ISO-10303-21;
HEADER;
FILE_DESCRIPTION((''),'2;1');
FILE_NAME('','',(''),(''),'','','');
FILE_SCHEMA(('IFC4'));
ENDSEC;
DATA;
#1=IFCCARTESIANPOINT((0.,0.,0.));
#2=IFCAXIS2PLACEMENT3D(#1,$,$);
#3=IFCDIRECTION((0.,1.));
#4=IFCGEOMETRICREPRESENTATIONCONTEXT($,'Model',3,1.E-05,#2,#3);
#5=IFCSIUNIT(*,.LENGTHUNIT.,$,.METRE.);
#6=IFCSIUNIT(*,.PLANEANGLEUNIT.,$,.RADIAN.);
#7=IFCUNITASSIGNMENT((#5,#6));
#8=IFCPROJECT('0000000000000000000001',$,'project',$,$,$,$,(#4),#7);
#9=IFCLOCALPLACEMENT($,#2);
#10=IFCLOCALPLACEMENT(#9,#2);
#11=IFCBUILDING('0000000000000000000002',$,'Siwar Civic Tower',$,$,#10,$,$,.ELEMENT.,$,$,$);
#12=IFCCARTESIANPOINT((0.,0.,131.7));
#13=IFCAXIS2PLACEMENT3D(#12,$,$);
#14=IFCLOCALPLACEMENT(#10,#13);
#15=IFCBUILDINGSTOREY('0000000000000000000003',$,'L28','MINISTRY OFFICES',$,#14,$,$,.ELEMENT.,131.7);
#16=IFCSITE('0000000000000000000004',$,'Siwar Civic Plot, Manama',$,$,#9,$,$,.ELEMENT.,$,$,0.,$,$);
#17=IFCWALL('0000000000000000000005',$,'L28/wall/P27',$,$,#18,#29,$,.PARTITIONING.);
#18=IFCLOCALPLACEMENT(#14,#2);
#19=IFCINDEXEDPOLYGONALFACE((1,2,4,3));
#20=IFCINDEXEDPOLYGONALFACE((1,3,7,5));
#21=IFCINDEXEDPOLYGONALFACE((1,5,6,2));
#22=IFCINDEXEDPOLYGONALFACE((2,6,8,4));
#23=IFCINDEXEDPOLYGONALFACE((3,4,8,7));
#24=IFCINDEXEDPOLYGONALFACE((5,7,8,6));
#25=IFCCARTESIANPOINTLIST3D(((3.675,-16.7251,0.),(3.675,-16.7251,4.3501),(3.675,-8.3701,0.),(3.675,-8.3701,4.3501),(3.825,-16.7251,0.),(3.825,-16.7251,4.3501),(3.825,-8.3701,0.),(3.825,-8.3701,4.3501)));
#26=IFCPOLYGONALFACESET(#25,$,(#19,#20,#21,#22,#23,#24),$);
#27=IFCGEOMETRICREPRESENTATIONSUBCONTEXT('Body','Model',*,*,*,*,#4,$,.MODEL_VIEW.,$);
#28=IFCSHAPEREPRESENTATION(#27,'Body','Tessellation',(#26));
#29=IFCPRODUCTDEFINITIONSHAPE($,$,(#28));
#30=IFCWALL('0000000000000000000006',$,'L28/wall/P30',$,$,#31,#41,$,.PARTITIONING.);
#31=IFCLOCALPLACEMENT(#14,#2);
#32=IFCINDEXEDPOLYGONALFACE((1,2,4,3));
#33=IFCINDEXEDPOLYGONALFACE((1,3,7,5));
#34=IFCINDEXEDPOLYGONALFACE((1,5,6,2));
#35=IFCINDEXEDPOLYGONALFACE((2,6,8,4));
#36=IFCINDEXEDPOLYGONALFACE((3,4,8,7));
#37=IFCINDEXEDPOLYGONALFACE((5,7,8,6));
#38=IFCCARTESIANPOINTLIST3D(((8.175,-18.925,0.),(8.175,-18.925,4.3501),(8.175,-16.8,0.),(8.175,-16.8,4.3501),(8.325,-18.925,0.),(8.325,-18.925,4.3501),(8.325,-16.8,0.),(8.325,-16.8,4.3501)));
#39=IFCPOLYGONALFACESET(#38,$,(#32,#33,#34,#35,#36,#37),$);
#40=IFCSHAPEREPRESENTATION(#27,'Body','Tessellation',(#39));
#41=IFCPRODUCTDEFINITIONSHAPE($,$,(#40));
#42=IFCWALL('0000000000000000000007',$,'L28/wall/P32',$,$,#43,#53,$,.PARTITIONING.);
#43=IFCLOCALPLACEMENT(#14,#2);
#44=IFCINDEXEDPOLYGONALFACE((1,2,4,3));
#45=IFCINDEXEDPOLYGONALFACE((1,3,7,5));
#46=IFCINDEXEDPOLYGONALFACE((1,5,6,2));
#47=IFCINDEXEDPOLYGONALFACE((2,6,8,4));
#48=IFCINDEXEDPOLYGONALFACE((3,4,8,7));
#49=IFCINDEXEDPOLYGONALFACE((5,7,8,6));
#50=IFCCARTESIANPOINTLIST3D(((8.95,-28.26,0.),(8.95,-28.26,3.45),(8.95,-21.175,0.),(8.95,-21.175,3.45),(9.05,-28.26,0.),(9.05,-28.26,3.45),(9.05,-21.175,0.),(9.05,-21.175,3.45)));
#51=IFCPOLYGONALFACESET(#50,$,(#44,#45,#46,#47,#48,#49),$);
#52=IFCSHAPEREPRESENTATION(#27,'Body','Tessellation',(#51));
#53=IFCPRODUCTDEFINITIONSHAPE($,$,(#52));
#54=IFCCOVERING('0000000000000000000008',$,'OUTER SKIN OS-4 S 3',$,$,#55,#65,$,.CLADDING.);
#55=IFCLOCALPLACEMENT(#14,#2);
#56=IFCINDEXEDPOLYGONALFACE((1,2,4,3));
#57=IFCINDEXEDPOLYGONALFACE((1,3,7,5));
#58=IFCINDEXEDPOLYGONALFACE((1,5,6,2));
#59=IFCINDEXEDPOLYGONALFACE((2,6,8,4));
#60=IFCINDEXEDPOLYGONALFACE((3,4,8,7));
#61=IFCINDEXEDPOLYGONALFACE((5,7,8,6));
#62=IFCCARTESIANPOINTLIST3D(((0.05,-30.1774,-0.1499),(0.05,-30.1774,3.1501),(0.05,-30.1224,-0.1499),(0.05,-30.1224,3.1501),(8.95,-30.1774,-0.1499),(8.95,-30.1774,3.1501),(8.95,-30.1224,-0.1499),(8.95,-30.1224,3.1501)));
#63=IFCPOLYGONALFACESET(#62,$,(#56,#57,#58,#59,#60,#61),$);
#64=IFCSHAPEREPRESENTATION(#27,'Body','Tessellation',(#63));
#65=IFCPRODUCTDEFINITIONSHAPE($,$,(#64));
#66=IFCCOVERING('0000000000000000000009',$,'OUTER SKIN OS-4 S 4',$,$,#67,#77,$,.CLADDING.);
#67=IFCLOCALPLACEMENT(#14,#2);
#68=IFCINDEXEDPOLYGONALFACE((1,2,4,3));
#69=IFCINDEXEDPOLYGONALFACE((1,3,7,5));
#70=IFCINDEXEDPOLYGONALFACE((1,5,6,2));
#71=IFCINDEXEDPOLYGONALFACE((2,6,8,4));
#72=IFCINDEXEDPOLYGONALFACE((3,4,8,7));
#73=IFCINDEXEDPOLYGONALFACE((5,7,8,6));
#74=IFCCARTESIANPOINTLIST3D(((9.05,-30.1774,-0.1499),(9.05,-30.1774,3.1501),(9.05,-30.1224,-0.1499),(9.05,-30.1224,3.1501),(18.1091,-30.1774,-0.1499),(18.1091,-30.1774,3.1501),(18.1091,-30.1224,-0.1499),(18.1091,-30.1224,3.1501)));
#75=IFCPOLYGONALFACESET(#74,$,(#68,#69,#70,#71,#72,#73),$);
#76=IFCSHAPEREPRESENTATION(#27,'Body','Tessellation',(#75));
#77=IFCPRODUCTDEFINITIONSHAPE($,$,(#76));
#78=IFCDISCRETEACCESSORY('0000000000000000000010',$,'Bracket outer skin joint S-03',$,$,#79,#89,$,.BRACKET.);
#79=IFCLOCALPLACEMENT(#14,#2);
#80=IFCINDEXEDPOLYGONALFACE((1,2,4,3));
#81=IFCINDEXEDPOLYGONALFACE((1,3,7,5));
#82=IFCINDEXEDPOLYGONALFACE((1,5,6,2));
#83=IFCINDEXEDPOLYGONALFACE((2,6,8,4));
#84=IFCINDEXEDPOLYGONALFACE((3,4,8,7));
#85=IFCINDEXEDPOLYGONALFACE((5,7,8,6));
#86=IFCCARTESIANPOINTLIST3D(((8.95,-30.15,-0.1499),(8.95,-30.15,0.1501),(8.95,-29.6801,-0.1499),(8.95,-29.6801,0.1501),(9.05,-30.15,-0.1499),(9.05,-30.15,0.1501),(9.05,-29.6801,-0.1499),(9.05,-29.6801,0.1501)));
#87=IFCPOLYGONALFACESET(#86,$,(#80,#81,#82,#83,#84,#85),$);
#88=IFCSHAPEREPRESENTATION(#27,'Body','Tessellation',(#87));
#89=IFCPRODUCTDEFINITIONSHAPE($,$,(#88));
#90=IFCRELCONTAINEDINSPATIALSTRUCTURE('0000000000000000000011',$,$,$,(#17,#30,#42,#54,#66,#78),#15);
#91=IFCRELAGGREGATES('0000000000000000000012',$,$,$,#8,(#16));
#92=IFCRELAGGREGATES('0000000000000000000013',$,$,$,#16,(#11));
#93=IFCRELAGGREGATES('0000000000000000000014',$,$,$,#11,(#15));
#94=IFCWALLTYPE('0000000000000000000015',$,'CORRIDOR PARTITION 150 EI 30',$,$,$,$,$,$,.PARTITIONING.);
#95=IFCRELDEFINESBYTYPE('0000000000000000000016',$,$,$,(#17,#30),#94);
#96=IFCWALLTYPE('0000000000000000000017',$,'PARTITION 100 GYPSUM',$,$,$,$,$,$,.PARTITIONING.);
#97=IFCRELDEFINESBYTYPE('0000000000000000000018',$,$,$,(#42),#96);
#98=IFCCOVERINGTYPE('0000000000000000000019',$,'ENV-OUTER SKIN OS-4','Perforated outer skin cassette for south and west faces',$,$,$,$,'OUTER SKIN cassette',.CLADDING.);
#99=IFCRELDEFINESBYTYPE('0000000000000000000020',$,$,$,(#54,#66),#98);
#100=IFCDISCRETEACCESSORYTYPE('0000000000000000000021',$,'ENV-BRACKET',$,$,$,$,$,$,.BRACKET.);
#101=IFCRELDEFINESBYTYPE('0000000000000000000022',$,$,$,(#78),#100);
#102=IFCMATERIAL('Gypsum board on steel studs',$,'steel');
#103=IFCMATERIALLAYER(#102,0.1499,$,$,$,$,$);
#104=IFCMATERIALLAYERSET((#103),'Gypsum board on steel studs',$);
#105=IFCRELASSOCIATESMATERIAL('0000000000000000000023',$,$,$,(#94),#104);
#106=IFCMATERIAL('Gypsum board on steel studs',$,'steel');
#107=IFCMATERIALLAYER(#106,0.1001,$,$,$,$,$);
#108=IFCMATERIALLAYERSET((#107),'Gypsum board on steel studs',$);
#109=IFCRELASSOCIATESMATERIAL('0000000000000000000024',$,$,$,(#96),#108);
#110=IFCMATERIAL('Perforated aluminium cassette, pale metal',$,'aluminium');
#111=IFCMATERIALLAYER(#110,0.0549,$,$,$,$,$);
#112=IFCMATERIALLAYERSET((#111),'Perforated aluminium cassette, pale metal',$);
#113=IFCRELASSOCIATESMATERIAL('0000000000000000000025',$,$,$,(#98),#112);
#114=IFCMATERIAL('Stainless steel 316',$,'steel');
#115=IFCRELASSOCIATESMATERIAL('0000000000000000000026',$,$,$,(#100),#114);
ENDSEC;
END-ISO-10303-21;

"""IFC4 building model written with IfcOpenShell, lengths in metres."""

from ifc_helpers import new_model, si_unit, direction, frame, frame_2d, origin, origin_2d, place, context, subcontext, project, spatial, rectangle, extrude, material, layer, layer_set, type_object, element, save


model = new_model("IFC4")

# Units and contexts
model_context = context("Model", 3, precision=1e-05, world=origin(), true_north=direction((0.0, 1.0)))
body_context = subcontext(model_context, "Body", "Model", "MODEL_VIEW")
ifc_project = project(units=[si_unit("LENGTHUNIT", "METRE"), si_unit("PLANEANGLEUNIT", "RADIAN")], contexts=[model_context])

# Site, building, storey
site_placement = place(None, origin())
site = spatial("IfcSite", under=ifc_project, at=site_placement, Name="Siwar Civic Plot, Manama", CompositionType="ELEMENT", RefElevation=0.0)
building_placement = place(site_placement, origin())
building = spatial("IfcBuilding", under=site, at=building_placement, Name="Siwar Civic Tower", CompositionType="ELEMENT")
storey_placement = place(building_placement, frame((0.0, 0.0, 131.7)))
storey = spatial("IfcBuildingStorey", under=building, at=storey_placement, Name="L28", Description="MINISTRY OFFICES", CompositionType="ELEMENT", Elevation=131.7)

# Walls
ifc_material_1 = material(Name="Gypsum board on steel studs", Category="steel")
ifc_layer_1 = layer(ifc_material_1, 0.1499)
ifc_layer_set_1 = layer_set([ifc_layer_1], Name="Gypsum board on steel studs")
wall_type_1 = type_object("IfcWallType", Name="CORRIDOR PARTITION 150 EI 30", PredefinedType="PARTITIONING", material=ifc_layer_set_1)
wall_1_placement = place(storey_placement, frame((3.75, -16.7251, 0.0), z_axis=(0.0, 0.0, 1.0), x_axis=(0.0, 1.0, 0.0)))
element("IfcWall", 1, at=wall_1_placement, inside=storey, type_object=wall_type_1, Name="L28/wall/P27", PredefinedType="PARTITIONING", context=body_context, shape_type="SweptSolid", body=[
    extrude(rectangle(XDim=8.355, YDim=0.1499, at=frame_2d((4.1775, 0.0))), origin(), (0.0, 0.0, 1.0), 4.3501),
])
wall_2_placement = place(storey_placement, frame((8.25, -18.925, 0.0), z_axis=(0.0, 0.0, 1.0), x_axis=(0.0, 1.0, 0.0)))
element("IfcWall", 2, at=wall_2_placement, inside=storey, type_object=wall_type_1, Name="L28/wall/P30", PredefinedType="PARTITIONING", context=body_context, shape_type="SweptSolid", body=[
    extrude(rectangle(XDim=2.125, YDim=0.1499, at=frame_2d((1.0625, 0.0))), origin(), (0.0, 0.0, 1.0), 4.3501),
])
ifc_material_2 = material(Name="Gypsum board on steel studs", Category="steel")
ifc_layer_2 = layer(ifc_material_2, 0.1001)
ifc_layer_set_2 = layer_set([ifc_layer_2], Name="Gypsum board on steel studs")
wall_type_2 = type_object("IfcWallType", Name="PARTITION 100 GYPSUM", PredefinedType="PARTITIONING", material=ifc_layer_set_2)
wall_3_placement = place(storey_placement, frame((9.0, -28.26, 0.0), z_axis=(0.0, 0.0, 1.0), x_axis=(0.0, 1.0, 0.0)))
element("IfcWall", 3, at=wall_3_placement, inside=storey, type_object=wall_type_2, Name="L28/wall/P32", PredefinedType="PARTITIONING", context=body_context, shape_type="SweptSolid", body=[
    extrude(rectangle(XDim=7.085, YDim=0.1001, at=frame_2d((3.5425, 0.0))), origin(), (0.0, 0.0, 1.0), 3.45),
])

# Coverings
ifc_material_3 = material(Name="Perforated aluminium cassette, pale metal", Category="aluminium")
ifc_layer_3 = layer(ifc_material_3, 0.0549)
ifc_layer_set_3 = layer_set([ifc_layer_3], Name="Perforated aluminium cassette, pale metal")
covering_type = type_object("IfcCoveringType", Name="ENV-OUTER SKIN OS-4", Description="Perforated outer skin cassette for south and west faces", ElementType="OUTER SKIN cassette", PredefinedType="CLADDING", material=ifc_layer_set_3)
covering_1_placement = place(storey_placement, frame((4.5, -30.1499, -0.1499), z_axis=(0.0, 0.0, 1.0), x_axis=(1.0, 0.0, 0.0)))
element("IfcCovering", 4, at=covering_1_placement, inside=storey, type_object=covering_type, Name="OUTER SKIN OS-4 S 3", PredefinedType="CLADDING", context=body_context, shape_type="SweptSolid", body=[
    extrude(rectangle(XDim=8.8999, YDim=0.0549, at=origin_2d()), origin(), (0.0, 0.0, 1.0), 3.3),
])
covering_2_placement = place(storey_placement, frame((13.5796, -30.1499, -0.1499), z_axis=(0.0, 0.0, 1.0), x_axis=(1.0, 0.0, 0.0)))
element("IfcCovering", 5, at=covering_2_placement, inside=storey, type_object=covering_type, Name="OUTER SKIN OS-4 S 4", PredefinedType="CLADDING", context=body_context, shape_type="SweptSolid", body=[
    extrude(rectangle(XDim=9.0591, YDim=0.0549, at=origin_2d()), origin(), (0.0, 0.0, 1.0), 3.3),
])

# Discrete accessory
ifc_material_4 = material(Name="Stainless steel 316", Category="steel")
discrete_accessory_type = type_object("IfcDiscreteAccessoryType", Name="ENV-BRACKET", PredefinedType="BRACKET", material=ifc_material_4)
discrete_accessory_placement = place(storey_placement, frame((9.0, -29.915, -0.1499), z_axis=(0.0, 0.0, 1.0), x_axis=(0.0, -1.0, 0.0)))
element("IfcDiscreteAccessory", 6, at=discrete_accessory_placement, inside=storey, type_object=discrete_accessory_type, Name="Bracket outer skin joint S-03", PredefinedType="BRACKET", context=body_context, shape_type="SweptSolid", body=[
    extrude(rectangle(XDim=0.47, YDim=0.1001, at=origin_2d()), origin(), (0.0, 0.0, 1.0), 0.3),
])

save(model, "model.ifc")
